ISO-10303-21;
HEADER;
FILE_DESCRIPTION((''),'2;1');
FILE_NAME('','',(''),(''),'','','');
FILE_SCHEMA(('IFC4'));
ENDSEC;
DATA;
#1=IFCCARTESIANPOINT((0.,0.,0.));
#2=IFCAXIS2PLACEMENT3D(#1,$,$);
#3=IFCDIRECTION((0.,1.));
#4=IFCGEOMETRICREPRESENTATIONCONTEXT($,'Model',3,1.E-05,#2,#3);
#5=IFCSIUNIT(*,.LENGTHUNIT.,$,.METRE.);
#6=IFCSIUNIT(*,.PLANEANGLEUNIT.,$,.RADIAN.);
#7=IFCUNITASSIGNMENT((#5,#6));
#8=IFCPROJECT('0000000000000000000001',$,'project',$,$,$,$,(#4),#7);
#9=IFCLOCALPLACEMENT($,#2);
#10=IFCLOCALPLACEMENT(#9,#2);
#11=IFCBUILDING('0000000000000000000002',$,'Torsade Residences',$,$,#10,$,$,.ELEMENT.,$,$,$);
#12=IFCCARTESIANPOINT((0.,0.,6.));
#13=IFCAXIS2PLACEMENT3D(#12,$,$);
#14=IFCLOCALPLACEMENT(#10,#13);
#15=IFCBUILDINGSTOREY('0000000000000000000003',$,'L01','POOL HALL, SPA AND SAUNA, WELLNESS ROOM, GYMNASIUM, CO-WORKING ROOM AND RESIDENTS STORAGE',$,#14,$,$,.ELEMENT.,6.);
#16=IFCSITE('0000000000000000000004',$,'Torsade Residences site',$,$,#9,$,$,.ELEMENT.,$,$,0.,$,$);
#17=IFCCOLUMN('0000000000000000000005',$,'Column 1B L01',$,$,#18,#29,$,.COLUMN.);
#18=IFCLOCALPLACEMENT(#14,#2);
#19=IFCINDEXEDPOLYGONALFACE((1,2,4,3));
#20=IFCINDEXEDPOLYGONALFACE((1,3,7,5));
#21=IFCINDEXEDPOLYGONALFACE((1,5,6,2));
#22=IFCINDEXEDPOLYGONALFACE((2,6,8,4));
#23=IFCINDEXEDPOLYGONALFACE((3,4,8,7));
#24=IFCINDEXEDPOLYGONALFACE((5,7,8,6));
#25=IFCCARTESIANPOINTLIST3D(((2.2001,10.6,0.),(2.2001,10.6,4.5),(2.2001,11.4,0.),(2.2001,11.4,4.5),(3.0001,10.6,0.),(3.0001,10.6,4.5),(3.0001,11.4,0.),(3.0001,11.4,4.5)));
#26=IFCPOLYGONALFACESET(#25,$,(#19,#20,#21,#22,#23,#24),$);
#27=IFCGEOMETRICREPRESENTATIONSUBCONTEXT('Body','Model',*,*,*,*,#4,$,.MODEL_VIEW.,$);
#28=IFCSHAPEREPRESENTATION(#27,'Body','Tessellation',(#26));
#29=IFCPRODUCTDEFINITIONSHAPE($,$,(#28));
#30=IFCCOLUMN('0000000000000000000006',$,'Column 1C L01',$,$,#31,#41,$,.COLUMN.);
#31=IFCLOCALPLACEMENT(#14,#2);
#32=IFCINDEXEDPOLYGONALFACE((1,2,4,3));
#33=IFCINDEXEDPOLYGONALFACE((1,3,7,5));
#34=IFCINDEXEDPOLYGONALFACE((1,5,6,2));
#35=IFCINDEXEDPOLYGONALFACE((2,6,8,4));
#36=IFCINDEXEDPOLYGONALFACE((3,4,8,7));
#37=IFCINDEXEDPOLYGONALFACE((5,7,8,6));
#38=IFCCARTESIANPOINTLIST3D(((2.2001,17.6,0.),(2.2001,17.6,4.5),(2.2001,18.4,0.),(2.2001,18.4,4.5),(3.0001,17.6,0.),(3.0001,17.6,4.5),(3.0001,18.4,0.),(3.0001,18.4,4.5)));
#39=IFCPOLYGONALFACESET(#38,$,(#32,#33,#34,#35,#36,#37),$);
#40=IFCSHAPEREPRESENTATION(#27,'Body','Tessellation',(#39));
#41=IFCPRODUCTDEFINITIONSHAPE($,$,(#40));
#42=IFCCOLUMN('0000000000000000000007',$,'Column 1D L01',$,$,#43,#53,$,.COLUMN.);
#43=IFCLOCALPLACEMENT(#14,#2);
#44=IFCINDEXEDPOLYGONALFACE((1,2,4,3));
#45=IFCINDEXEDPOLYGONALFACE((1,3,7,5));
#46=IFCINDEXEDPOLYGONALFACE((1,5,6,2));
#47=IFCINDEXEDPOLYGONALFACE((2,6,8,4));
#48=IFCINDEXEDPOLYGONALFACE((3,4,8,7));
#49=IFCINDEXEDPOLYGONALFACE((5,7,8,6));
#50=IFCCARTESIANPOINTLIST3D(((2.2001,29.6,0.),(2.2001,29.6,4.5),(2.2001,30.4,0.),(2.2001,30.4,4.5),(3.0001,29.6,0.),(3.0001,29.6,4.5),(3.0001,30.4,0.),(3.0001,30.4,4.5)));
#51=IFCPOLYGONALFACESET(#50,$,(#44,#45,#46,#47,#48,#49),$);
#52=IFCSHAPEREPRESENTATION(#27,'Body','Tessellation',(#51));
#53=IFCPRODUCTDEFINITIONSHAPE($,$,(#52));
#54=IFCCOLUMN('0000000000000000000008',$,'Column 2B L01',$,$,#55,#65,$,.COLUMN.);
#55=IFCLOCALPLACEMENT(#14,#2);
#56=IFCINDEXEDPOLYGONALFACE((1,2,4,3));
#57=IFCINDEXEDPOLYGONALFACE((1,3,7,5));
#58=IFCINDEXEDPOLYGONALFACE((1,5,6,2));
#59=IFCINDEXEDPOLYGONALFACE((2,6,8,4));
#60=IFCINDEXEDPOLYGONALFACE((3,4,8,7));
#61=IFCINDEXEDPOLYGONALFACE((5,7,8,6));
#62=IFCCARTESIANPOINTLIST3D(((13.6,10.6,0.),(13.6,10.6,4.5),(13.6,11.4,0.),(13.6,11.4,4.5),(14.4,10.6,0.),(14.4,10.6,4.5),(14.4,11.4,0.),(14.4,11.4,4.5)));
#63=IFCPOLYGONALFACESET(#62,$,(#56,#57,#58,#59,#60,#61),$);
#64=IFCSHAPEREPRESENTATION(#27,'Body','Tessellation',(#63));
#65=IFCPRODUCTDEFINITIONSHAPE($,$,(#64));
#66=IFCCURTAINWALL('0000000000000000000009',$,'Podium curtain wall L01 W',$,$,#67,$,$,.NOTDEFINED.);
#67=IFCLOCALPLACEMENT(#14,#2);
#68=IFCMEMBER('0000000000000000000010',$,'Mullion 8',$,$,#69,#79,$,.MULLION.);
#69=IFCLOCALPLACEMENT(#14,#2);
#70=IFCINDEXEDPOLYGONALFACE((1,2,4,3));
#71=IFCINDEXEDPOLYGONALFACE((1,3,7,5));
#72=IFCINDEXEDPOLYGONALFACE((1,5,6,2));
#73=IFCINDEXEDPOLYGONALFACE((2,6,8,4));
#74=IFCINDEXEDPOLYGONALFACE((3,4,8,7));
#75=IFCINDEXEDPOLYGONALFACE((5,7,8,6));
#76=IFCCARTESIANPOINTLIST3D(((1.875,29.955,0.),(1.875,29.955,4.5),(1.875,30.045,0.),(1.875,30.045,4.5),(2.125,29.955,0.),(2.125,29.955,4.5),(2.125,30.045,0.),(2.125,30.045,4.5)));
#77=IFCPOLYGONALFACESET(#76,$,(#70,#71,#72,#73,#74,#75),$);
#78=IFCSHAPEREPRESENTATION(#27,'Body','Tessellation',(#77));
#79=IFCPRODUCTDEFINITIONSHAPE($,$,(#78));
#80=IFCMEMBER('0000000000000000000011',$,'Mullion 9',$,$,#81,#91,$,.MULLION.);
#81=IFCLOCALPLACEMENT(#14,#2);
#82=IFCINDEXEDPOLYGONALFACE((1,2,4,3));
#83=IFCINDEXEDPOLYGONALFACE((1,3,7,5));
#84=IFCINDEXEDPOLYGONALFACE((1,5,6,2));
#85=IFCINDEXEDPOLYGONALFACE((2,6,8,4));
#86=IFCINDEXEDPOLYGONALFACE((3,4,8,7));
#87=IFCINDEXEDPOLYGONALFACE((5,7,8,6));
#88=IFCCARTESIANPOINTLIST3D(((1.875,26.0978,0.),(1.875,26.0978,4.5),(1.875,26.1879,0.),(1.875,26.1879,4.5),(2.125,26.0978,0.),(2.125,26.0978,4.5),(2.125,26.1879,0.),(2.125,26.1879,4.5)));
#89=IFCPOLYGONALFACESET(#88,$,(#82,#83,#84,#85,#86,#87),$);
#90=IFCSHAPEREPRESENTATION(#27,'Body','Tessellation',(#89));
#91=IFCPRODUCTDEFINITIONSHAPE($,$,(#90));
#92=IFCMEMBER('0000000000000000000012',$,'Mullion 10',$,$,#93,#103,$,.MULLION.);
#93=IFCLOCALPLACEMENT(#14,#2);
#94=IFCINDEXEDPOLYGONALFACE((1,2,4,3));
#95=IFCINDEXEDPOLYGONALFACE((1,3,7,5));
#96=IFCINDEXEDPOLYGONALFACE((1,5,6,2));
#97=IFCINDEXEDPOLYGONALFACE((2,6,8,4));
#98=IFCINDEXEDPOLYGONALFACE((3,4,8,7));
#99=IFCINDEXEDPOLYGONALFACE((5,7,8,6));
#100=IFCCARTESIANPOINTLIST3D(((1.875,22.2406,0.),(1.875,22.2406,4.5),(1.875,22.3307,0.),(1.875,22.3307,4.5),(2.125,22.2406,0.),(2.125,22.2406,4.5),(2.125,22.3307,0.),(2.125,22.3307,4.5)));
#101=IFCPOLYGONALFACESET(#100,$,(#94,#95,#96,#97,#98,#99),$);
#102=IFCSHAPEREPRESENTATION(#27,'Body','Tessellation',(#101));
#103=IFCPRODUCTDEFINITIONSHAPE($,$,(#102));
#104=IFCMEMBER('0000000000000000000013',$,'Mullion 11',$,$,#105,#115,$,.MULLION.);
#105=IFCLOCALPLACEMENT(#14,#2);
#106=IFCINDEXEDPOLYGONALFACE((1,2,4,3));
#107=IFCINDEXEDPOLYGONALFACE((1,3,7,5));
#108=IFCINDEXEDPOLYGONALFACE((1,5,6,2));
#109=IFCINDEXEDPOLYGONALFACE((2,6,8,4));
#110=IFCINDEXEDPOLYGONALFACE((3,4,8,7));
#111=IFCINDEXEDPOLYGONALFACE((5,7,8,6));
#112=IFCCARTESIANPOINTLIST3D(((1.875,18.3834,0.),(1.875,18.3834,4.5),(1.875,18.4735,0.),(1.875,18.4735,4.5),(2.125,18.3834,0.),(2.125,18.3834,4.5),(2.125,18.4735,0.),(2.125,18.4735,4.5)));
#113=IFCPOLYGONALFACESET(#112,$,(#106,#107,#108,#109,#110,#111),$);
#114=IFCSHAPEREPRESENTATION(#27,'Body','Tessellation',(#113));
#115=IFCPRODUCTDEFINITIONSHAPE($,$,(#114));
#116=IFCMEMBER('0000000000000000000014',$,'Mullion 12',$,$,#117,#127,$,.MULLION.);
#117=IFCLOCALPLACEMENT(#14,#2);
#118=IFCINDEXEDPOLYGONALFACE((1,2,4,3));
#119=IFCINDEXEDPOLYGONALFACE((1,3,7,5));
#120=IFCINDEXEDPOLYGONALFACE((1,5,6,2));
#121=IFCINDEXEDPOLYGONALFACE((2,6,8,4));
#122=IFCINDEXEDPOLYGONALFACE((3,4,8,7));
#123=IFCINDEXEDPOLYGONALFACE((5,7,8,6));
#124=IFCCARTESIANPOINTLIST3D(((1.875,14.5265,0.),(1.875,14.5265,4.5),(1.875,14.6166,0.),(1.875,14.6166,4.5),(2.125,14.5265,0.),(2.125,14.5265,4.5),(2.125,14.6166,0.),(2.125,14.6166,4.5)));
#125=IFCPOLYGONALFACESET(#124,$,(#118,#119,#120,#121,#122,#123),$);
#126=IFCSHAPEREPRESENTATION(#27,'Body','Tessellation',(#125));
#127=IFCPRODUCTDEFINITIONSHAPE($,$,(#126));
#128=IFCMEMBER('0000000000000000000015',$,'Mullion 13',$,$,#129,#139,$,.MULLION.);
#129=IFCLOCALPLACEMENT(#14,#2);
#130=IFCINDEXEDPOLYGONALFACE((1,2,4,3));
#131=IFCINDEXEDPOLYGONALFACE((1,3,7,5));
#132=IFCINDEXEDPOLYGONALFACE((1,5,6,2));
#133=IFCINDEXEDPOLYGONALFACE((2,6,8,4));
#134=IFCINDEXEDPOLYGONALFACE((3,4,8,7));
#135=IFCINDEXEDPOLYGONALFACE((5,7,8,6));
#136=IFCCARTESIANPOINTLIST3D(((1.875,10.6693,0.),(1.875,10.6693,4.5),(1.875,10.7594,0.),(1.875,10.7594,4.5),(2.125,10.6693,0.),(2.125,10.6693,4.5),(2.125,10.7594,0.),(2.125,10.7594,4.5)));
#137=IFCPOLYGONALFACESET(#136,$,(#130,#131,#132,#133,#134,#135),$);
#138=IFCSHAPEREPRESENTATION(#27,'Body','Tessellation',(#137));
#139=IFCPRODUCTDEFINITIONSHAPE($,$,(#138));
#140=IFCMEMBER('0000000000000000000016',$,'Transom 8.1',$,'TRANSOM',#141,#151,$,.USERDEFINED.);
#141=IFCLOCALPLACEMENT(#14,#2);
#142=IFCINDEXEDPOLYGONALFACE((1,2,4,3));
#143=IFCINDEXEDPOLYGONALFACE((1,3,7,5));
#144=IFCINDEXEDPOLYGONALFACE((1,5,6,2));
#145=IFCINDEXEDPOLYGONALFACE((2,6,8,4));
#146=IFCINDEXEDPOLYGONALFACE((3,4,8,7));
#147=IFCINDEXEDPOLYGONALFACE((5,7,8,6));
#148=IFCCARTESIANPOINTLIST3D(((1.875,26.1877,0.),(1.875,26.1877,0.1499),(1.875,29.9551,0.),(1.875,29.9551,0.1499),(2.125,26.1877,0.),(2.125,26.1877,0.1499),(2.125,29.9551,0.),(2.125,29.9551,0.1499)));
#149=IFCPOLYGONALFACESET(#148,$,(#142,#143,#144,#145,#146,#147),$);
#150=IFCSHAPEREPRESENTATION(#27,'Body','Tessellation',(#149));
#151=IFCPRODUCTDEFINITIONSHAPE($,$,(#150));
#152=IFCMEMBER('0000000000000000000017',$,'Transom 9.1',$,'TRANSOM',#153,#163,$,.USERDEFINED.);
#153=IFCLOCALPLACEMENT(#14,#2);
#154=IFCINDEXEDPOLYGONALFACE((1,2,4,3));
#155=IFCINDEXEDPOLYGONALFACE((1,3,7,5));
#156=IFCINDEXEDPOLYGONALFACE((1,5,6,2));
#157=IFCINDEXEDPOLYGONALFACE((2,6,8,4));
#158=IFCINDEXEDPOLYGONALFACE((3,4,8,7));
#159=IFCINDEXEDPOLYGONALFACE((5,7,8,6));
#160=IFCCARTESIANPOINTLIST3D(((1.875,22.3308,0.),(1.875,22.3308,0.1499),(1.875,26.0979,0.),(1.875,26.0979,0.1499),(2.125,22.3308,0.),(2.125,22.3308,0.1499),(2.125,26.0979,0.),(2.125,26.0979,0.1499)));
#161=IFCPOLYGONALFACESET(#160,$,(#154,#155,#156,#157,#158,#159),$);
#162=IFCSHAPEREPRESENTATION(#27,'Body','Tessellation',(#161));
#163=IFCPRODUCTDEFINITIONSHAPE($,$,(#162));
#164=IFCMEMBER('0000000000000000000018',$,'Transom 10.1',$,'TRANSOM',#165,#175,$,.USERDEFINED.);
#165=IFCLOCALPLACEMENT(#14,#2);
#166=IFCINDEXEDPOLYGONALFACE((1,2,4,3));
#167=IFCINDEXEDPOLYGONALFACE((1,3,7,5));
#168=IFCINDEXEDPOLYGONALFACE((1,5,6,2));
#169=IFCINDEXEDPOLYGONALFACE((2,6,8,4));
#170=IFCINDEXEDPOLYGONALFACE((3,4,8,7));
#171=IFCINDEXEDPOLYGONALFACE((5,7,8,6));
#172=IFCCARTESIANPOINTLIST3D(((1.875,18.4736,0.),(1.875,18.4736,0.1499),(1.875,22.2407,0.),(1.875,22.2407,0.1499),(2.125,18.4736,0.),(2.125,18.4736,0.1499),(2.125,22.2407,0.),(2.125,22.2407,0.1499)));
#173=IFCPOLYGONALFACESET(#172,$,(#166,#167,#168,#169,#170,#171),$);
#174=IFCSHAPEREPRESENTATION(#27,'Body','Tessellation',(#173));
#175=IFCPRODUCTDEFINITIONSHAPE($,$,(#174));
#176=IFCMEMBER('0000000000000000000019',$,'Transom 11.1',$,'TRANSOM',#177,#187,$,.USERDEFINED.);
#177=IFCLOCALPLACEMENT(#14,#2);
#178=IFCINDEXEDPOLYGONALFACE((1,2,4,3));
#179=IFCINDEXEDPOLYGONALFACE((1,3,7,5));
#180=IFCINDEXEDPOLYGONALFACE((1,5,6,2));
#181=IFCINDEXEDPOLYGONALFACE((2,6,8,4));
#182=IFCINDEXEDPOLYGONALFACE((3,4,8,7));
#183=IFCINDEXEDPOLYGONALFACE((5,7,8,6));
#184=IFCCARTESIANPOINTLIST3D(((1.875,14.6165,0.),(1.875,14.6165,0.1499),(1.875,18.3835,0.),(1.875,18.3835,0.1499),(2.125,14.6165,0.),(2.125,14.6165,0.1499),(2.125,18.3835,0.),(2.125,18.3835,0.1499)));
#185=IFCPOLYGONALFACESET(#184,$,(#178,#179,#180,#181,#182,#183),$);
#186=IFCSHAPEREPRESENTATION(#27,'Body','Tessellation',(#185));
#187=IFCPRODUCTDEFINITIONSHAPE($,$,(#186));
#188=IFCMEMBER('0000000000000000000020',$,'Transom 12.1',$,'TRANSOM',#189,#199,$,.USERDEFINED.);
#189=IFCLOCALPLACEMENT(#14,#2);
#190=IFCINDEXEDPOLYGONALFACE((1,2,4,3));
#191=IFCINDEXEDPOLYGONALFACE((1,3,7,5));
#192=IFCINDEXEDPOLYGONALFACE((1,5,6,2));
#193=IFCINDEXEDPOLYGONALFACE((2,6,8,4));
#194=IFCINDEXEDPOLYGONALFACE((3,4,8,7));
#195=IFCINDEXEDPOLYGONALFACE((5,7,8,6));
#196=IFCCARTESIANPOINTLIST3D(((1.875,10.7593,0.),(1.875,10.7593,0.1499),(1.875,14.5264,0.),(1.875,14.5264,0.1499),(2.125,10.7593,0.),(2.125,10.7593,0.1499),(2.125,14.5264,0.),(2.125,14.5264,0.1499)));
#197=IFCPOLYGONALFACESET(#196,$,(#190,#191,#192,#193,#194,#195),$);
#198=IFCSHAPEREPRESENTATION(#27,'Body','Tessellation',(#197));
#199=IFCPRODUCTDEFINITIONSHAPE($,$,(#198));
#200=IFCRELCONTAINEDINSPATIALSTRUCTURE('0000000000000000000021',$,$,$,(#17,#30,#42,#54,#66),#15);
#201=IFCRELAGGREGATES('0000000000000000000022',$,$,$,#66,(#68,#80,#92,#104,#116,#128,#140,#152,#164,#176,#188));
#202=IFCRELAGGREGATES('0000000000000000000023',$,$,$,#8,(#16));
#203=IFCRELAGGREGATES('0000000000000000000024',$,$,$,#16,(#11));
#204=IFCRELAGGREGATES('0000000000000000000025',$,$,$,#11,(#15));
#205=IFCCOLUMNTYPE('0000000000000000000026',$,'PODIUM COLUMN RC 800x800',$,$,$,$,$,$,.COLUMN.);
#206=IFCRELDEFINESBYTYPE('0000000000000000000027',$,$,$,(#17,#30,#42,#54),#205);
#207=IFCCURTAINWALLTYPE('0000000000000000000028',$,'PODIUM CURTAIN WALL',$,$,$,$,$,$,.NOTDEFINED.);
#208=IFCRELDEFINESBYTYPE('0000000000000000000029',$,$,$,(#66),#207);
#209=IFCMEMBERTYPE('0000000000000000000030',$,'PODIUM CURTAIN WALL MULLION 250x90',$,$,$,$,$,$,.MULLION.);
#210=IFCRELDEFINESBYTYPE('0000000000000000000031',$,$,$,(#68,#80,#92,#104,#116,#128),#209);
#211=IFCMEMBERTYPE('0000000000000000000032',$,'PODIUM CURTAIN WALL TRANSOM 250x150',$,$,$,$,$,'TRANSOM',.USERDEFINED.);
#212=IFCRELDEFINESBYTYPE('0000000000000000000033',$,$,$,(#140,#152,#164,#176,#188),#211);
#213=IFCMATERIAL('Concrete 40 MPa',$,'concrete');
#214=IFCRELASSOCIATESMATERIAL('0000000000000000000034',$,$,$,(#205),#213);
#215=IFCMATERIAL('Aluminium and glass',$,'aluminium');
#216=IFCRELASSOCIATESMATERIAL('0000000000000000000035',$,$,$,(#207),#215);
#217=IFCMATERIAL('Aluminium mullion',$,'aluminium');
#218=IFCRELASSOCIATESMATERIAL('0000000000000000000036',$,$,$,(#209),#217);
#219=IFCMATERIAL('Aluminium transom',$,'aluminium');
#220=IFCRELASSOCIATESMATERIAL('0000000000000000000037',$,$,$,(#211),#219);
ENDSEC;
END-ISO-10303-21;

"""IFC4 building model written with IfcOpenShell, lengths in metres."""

from ifc_helpers import new_model, si_unit, direction, frame, origin, origin_2d, place, context, subcontext, project, spatial, rectangle, extrude, material, material_profile, profile_set, type_object, element, aggregate, save


model = new_model("IFC4")

# Units and contexts
model_context = context("Model", 3, precision=1e-05, world=origin(), true_north=direction((0.0, 1.0)))
body_context = subcontext(model_context, "Body", "Model", "MODEL_VIEW")
ifc_project = project(units=[si_unit("LENGTHUNIT", "METRE"), si_unit("PLANEANGLEUNIT", "RADIAN")], contexts=[model_context])

# Site, building, storey
site_placement = place(None, origin())
site = spatial("IfcSite", under=ifc_project, at=site_placement, Name="Torsade Residences site", CompositionType="ELEMENT", RefElevation=0.0)
building_placement = place(site_placement, origin())
building = spatial("IfcBuilding", under=site, at=building_placement, Name="Torsade Residences", CompositionType="ELEMENT")
storey_placement = place(building_placement, frame((0.0, 0.0, 6.0)))
storey = spatial("IfcBuildingStorey", under=building, at=storey_placement, Name="L01", Description="POOL HALL, SPA AND SAUNA, WELLNESS ROOM, GYMNASIUM, CO-WORKING ROOM AND RESIDENTS STORAGE", CompositionType="ELEMENT", Elevation=6.0)

# Columns
ifc_material_1 = material(Name="Concrete 40 MPa", Category="concrete")
ifc_material_profile_1 = material_profile(ifc_material_1, rectangle(XDim=0.8, YDim=0.8, at=origin_2d()), Name="RC 800x800")
ifc_profile_set_1 = profile_set([ifc_material_profile_1], Name="Concrete 40 MPa")
column_type = type_object("IfcColumnType", Name="PODIUM COLUMN RC 800x800", PredefinedType="COLUMN", material=ifc_profile_set_1)
for number, where, z_axis, x_axis, name in (
    (1, (2.6001, 11.0, 0.0), (0.0, 0.0, 1.0), (1.0, 0.0, 0.0), "Column 1B L01"),
    (2, (2.6001, 18.0, 0.0), (0.0, 0.0, 1.0), (1.0, 0.0, 0.0), "Column 1C L01"),
    (3, (2.6001, 30.0, 0.0), (0.0, 0.0, 1.0), (1.0, 0.0, 0.0), "Column 1D L01"),
    (4, (14.0, 11.0, 0.0), (0.0, 0.0, 1.0), (1.0, 0.0, 0.0), "Column 2B L01"),
):
    element("IfcColumn", number, at=place(storey_placement, frame(where, z_axis=z_axis, x_axis=x_axis)), inside=storey, type_object=column_type, Name=name, PredefinedType="COLUMN", context=body_context, shape_type="SweptSolid", body=[
        extrude(rectangle(XDim=0.8, YDim=0.8, at=origin_2d()), origin(), (0.0, 0.0, 1.0), 4.5),
    ])

# Curtain wall, members
ifc_material_2 = material(Name="Aluminium and glass", Category="aluminium")
curtain_wall_type = type_object("IfcCurtainWallType", Name="PODIUM CURTAIN WALL", PredefinedType="NOTDEFINED", material=ifc_material_2)
curtain_wall_placement = place(storey_placement, origin())
curtain_wall = element("IfcCurtainWall", 5, at=curtain_wall_placement, inside=storey, type_object=curtain_wall_type, Name="Podium curtain wall L01 W", PredefinedType="NOTDEFINED")
ifc_material_3 = material(Name="Aluminium mullion", Category="aluminium")
ifc_material_profile_2 = material_profile(ifc_material_3, rectangle(XDim=0.25, YDim=0.0901, at=origin_2d()), Name="PODIUM CURTAIN WALL MULLION 250x90")
ifc_profile_set_2 = profile_set([ifc_material_profile_2], Name="Aluminium mullion")
member_type_1 = type_object("IfcMemberType", Name="PODIUM CURTAIN WALL MULLION 250x90", PredefinedType="MULLION", material=ifc_profile_set_2)
member_1_placement = place(storey_placement, frame((2.0, 30.0, 0.0), z_axis=(0.0, 0.0, 1.0), x_axis=(1.0, 0.0, 0.0)))
member_1 = element("IfcMember", 6, at=member_1_placement, type_object=member_type_1, Name="Mullion 8", PredefinedType="MULLION", context=body_context, shape_type="SweptSolid", body=[
    extrude(rectangle(XDim=0.25, YDim=0.0901, at=origin_2d()), origin(), (0.0, 0.0, 1.0), 4.5),
])
member_2_placement = place(storey_placement, frame((2.0, 26.1428, 0.0), z_axis=(0.0, 0.0, 1.0), x_axis=(1.0, 0.0, 0.0)))
member_2 = element("IfcMember", 7, at=member_2_placement, type_object=member_type_1, Name="Mullion 9", PredefinedType="MULLION", context=body_context, shape_type="SweptSolid", body=[
    extrude(rectangle(XDim=0.25, YDim=0.0901, at=origin_2d()), origin(), (0.0, 0.0, 1.0), 4.5),
])
member_3_placement = place(storey_placement, frame((2.0, 22.2856, 0.0), z_axis=(0.0, 0.0, 1.0), x_axis=(1.0, 0.0, 0.0)))
member_3 = element("IfcMember", 8, at=member_3_placement, type_object=member_type_1, Name="Mullion 10", PredefinedType="MULLION", context=body_context, shape_type="SweptSolid", body=[
    extrude(rectangle(XDim=0.25, YDim=0.0901, at=origin_2d()), origin(), (0.0, 0.0, 1.0), 4.5),
])
member_4_placement = place(storey_placement, frame((2.0, 18.4285, 0.0), z_axis=(0.0, 0.0, 1.0), x_axis=(1.0, 0.0, 0.0)))
member_4 = element("IfcMember", 9, at=member_4_placement, type_object=member_type_1, Name="Mullion 11", PredefinedType="MULLION", context=body_context, shape_type="SweptSolid", body=[
    extrude(rectangle(XDim=0.25, YDim=0.0901, at=origin_2d()), origin(), (0.0, 0.0, 1.0), 4.5),
])
member_5_placement = place(storey_placement, frame((2.0, 14.5715, 0.0), z_axis=(0.0, 0.0, 1.0), x_axis=(1.0, 0.0, 0.0)))
member_5 = element("IfcMember", 10, at=member_5_placement, type_object=member_type_1, Name="Mullion 12", PredefinedType="MULLION", context=body_context, shape_type="SweptSolid", body=[
    extrude(rectangle(XDim=0.25, YDim=0.0901, at=origin_2d()), origin(), (0.0, 0.0, 1.0), 4.5),
])
member_6_placement = place(storey_placement, frame((2.0, 10.7144, 0.0), z_axis=(0.0, 0.0, 1.0), x_axis=(1.0, 0.0, 0.0)))
member_6 = element("IfcMember", 11, at=member_6_placement, type_object=member_type_1, Name="Mullion 13", PredefinedType="MULLION", context=body_context, shape_type="SweptSolid", body=[
    extrude(rectangle(XDim=0.25, YDim=0.0901, at=origin_2d()), origin(), (0.0, 0.0, 1.0), 4.5),
])
ifc_material_4 = material(Name="Aluminium transom", Category="aluminium")
ifc_material_profile_3 = material_profile(ifc_material_4, rectangle(XDim=0.25, YDim=0.1499, at=origin_2d()), Name="PODIUM CURTAIN WALL TRANSOM 250x150")
ifc_profile_set_3 = profile_set([ifc_material_profile_3], Name="Aluminium transom")
member_type_2 = type_object("IfcMemberType", Name="PODIUM CURTAIN WALL TRANSOM 250x150", ElementType="TRANSOM", PredefinedType="USERDEFINED", material=ifc_profile_set_3)
member_7_placement = place(storey_placement, frame((2.0, 29.9551, 0.075), z_axis=(0.0, -1.0, 0.0), x_axis=(1.0, 0.0, 0.0)))
member_7 = element("IfcMember", 12, at=member_7_placement, type_object=member_type_2, Name="Transom 8.1", ObjectType="TRANSOM", PredefinedType="USERDEFINED", context=body_context, shape_type="SweptSolid", body=[
    extrude(rectangle(XDim=0.25, YDim=0.1499, at=origin_2d()), origin(), (0.0, 0.0, 1.0), 3.7673),
])
member_8_placement = place(storey_placement, frame((2.0, 26.0979, 0.075), z_axis=(0.0, -1.0, 0.0), x_axis=(1.0, 0.0, 0.0)))
member_8 = element("IfcMember", 13, at=member_8_placement, type_object=member_type_2, Name="Transom 9.1", ObjectType="TRANSOM", PredefinedType="USERDEFINED", context=body_context, shape_type="SweptSolid", body=[
    extrude(rectangle(XDim=0.25, YDim=0.1499, at=origin_2d()), origin(), (0.0, 0.0, 1.0), 3.7671),
])
member_9_placement = place(storey_placement, frame((2.0, 22.2407, 0.075), z_axis=(0.0, -1.0, 0.0), x_axis=(1.0, 0.0, 0.0)))
member_9 = element("IfcMember", 14, at=member_9_placement, type_object=member_type_2, Name="Transom 10.1", ObjectType="TRANSOM", PredefinedType="USERDEFINED", context=body_context, shape_type="SweptSolid", body=[
    extrude(rectangle(XDim=0.25, YDim=0.1499, at=origin_2d()), origin(), (0.0, 0.0, 1.0), 3.7671),
])
member_10_placement = place(storey_placement, frame((2.0, 18.3835, 0.075), z_axis=(0.0, -1.0, 0.0), x_axis=(1.0, 0.0, 0.0)))
member_10 = element("IfcMember", 15, at=member_10_placement, type_object=member_type_2, Name="Transom 11.1", ObjectType="TRANSOM", PredefinedType="USERDEFINED", context=body_context, shape_type="SweptSolid", body=[
    extrude(rectangle(XDim=0.25, YDim=0.1499, at=origin_2d()), origin(), (0.0, 0.0, 1.0), 3.7671),
])
member_11_placement = place(storey_placement, frame((2.0, 14.5264, 0.075), z_axis=(0.0, -1.0, 0.0), x_axis=(1.0, 0.0, 0.0)))
member_11 = element("IfcMember", 16, at=member_11_placement, type_object=member_type_2, Name="Transom 12.1", ObjectType="TRANSOM", PredefinedType="USERDEFINED", context=body_context, shape_type="SweptSolid", body=[
    extrude(rectangle(XDim=0.25, YDim=0.1499, at=origin_2d()), origin(), (0.0, 0.0, 1.0), 3.7671),
])
aggregate(curtain_wall, [member_1, member_2, member_3, member_4, member_5, member_6, member_7, member_8, member_9, member_10, member_11])

save(model, "model.ifc")
